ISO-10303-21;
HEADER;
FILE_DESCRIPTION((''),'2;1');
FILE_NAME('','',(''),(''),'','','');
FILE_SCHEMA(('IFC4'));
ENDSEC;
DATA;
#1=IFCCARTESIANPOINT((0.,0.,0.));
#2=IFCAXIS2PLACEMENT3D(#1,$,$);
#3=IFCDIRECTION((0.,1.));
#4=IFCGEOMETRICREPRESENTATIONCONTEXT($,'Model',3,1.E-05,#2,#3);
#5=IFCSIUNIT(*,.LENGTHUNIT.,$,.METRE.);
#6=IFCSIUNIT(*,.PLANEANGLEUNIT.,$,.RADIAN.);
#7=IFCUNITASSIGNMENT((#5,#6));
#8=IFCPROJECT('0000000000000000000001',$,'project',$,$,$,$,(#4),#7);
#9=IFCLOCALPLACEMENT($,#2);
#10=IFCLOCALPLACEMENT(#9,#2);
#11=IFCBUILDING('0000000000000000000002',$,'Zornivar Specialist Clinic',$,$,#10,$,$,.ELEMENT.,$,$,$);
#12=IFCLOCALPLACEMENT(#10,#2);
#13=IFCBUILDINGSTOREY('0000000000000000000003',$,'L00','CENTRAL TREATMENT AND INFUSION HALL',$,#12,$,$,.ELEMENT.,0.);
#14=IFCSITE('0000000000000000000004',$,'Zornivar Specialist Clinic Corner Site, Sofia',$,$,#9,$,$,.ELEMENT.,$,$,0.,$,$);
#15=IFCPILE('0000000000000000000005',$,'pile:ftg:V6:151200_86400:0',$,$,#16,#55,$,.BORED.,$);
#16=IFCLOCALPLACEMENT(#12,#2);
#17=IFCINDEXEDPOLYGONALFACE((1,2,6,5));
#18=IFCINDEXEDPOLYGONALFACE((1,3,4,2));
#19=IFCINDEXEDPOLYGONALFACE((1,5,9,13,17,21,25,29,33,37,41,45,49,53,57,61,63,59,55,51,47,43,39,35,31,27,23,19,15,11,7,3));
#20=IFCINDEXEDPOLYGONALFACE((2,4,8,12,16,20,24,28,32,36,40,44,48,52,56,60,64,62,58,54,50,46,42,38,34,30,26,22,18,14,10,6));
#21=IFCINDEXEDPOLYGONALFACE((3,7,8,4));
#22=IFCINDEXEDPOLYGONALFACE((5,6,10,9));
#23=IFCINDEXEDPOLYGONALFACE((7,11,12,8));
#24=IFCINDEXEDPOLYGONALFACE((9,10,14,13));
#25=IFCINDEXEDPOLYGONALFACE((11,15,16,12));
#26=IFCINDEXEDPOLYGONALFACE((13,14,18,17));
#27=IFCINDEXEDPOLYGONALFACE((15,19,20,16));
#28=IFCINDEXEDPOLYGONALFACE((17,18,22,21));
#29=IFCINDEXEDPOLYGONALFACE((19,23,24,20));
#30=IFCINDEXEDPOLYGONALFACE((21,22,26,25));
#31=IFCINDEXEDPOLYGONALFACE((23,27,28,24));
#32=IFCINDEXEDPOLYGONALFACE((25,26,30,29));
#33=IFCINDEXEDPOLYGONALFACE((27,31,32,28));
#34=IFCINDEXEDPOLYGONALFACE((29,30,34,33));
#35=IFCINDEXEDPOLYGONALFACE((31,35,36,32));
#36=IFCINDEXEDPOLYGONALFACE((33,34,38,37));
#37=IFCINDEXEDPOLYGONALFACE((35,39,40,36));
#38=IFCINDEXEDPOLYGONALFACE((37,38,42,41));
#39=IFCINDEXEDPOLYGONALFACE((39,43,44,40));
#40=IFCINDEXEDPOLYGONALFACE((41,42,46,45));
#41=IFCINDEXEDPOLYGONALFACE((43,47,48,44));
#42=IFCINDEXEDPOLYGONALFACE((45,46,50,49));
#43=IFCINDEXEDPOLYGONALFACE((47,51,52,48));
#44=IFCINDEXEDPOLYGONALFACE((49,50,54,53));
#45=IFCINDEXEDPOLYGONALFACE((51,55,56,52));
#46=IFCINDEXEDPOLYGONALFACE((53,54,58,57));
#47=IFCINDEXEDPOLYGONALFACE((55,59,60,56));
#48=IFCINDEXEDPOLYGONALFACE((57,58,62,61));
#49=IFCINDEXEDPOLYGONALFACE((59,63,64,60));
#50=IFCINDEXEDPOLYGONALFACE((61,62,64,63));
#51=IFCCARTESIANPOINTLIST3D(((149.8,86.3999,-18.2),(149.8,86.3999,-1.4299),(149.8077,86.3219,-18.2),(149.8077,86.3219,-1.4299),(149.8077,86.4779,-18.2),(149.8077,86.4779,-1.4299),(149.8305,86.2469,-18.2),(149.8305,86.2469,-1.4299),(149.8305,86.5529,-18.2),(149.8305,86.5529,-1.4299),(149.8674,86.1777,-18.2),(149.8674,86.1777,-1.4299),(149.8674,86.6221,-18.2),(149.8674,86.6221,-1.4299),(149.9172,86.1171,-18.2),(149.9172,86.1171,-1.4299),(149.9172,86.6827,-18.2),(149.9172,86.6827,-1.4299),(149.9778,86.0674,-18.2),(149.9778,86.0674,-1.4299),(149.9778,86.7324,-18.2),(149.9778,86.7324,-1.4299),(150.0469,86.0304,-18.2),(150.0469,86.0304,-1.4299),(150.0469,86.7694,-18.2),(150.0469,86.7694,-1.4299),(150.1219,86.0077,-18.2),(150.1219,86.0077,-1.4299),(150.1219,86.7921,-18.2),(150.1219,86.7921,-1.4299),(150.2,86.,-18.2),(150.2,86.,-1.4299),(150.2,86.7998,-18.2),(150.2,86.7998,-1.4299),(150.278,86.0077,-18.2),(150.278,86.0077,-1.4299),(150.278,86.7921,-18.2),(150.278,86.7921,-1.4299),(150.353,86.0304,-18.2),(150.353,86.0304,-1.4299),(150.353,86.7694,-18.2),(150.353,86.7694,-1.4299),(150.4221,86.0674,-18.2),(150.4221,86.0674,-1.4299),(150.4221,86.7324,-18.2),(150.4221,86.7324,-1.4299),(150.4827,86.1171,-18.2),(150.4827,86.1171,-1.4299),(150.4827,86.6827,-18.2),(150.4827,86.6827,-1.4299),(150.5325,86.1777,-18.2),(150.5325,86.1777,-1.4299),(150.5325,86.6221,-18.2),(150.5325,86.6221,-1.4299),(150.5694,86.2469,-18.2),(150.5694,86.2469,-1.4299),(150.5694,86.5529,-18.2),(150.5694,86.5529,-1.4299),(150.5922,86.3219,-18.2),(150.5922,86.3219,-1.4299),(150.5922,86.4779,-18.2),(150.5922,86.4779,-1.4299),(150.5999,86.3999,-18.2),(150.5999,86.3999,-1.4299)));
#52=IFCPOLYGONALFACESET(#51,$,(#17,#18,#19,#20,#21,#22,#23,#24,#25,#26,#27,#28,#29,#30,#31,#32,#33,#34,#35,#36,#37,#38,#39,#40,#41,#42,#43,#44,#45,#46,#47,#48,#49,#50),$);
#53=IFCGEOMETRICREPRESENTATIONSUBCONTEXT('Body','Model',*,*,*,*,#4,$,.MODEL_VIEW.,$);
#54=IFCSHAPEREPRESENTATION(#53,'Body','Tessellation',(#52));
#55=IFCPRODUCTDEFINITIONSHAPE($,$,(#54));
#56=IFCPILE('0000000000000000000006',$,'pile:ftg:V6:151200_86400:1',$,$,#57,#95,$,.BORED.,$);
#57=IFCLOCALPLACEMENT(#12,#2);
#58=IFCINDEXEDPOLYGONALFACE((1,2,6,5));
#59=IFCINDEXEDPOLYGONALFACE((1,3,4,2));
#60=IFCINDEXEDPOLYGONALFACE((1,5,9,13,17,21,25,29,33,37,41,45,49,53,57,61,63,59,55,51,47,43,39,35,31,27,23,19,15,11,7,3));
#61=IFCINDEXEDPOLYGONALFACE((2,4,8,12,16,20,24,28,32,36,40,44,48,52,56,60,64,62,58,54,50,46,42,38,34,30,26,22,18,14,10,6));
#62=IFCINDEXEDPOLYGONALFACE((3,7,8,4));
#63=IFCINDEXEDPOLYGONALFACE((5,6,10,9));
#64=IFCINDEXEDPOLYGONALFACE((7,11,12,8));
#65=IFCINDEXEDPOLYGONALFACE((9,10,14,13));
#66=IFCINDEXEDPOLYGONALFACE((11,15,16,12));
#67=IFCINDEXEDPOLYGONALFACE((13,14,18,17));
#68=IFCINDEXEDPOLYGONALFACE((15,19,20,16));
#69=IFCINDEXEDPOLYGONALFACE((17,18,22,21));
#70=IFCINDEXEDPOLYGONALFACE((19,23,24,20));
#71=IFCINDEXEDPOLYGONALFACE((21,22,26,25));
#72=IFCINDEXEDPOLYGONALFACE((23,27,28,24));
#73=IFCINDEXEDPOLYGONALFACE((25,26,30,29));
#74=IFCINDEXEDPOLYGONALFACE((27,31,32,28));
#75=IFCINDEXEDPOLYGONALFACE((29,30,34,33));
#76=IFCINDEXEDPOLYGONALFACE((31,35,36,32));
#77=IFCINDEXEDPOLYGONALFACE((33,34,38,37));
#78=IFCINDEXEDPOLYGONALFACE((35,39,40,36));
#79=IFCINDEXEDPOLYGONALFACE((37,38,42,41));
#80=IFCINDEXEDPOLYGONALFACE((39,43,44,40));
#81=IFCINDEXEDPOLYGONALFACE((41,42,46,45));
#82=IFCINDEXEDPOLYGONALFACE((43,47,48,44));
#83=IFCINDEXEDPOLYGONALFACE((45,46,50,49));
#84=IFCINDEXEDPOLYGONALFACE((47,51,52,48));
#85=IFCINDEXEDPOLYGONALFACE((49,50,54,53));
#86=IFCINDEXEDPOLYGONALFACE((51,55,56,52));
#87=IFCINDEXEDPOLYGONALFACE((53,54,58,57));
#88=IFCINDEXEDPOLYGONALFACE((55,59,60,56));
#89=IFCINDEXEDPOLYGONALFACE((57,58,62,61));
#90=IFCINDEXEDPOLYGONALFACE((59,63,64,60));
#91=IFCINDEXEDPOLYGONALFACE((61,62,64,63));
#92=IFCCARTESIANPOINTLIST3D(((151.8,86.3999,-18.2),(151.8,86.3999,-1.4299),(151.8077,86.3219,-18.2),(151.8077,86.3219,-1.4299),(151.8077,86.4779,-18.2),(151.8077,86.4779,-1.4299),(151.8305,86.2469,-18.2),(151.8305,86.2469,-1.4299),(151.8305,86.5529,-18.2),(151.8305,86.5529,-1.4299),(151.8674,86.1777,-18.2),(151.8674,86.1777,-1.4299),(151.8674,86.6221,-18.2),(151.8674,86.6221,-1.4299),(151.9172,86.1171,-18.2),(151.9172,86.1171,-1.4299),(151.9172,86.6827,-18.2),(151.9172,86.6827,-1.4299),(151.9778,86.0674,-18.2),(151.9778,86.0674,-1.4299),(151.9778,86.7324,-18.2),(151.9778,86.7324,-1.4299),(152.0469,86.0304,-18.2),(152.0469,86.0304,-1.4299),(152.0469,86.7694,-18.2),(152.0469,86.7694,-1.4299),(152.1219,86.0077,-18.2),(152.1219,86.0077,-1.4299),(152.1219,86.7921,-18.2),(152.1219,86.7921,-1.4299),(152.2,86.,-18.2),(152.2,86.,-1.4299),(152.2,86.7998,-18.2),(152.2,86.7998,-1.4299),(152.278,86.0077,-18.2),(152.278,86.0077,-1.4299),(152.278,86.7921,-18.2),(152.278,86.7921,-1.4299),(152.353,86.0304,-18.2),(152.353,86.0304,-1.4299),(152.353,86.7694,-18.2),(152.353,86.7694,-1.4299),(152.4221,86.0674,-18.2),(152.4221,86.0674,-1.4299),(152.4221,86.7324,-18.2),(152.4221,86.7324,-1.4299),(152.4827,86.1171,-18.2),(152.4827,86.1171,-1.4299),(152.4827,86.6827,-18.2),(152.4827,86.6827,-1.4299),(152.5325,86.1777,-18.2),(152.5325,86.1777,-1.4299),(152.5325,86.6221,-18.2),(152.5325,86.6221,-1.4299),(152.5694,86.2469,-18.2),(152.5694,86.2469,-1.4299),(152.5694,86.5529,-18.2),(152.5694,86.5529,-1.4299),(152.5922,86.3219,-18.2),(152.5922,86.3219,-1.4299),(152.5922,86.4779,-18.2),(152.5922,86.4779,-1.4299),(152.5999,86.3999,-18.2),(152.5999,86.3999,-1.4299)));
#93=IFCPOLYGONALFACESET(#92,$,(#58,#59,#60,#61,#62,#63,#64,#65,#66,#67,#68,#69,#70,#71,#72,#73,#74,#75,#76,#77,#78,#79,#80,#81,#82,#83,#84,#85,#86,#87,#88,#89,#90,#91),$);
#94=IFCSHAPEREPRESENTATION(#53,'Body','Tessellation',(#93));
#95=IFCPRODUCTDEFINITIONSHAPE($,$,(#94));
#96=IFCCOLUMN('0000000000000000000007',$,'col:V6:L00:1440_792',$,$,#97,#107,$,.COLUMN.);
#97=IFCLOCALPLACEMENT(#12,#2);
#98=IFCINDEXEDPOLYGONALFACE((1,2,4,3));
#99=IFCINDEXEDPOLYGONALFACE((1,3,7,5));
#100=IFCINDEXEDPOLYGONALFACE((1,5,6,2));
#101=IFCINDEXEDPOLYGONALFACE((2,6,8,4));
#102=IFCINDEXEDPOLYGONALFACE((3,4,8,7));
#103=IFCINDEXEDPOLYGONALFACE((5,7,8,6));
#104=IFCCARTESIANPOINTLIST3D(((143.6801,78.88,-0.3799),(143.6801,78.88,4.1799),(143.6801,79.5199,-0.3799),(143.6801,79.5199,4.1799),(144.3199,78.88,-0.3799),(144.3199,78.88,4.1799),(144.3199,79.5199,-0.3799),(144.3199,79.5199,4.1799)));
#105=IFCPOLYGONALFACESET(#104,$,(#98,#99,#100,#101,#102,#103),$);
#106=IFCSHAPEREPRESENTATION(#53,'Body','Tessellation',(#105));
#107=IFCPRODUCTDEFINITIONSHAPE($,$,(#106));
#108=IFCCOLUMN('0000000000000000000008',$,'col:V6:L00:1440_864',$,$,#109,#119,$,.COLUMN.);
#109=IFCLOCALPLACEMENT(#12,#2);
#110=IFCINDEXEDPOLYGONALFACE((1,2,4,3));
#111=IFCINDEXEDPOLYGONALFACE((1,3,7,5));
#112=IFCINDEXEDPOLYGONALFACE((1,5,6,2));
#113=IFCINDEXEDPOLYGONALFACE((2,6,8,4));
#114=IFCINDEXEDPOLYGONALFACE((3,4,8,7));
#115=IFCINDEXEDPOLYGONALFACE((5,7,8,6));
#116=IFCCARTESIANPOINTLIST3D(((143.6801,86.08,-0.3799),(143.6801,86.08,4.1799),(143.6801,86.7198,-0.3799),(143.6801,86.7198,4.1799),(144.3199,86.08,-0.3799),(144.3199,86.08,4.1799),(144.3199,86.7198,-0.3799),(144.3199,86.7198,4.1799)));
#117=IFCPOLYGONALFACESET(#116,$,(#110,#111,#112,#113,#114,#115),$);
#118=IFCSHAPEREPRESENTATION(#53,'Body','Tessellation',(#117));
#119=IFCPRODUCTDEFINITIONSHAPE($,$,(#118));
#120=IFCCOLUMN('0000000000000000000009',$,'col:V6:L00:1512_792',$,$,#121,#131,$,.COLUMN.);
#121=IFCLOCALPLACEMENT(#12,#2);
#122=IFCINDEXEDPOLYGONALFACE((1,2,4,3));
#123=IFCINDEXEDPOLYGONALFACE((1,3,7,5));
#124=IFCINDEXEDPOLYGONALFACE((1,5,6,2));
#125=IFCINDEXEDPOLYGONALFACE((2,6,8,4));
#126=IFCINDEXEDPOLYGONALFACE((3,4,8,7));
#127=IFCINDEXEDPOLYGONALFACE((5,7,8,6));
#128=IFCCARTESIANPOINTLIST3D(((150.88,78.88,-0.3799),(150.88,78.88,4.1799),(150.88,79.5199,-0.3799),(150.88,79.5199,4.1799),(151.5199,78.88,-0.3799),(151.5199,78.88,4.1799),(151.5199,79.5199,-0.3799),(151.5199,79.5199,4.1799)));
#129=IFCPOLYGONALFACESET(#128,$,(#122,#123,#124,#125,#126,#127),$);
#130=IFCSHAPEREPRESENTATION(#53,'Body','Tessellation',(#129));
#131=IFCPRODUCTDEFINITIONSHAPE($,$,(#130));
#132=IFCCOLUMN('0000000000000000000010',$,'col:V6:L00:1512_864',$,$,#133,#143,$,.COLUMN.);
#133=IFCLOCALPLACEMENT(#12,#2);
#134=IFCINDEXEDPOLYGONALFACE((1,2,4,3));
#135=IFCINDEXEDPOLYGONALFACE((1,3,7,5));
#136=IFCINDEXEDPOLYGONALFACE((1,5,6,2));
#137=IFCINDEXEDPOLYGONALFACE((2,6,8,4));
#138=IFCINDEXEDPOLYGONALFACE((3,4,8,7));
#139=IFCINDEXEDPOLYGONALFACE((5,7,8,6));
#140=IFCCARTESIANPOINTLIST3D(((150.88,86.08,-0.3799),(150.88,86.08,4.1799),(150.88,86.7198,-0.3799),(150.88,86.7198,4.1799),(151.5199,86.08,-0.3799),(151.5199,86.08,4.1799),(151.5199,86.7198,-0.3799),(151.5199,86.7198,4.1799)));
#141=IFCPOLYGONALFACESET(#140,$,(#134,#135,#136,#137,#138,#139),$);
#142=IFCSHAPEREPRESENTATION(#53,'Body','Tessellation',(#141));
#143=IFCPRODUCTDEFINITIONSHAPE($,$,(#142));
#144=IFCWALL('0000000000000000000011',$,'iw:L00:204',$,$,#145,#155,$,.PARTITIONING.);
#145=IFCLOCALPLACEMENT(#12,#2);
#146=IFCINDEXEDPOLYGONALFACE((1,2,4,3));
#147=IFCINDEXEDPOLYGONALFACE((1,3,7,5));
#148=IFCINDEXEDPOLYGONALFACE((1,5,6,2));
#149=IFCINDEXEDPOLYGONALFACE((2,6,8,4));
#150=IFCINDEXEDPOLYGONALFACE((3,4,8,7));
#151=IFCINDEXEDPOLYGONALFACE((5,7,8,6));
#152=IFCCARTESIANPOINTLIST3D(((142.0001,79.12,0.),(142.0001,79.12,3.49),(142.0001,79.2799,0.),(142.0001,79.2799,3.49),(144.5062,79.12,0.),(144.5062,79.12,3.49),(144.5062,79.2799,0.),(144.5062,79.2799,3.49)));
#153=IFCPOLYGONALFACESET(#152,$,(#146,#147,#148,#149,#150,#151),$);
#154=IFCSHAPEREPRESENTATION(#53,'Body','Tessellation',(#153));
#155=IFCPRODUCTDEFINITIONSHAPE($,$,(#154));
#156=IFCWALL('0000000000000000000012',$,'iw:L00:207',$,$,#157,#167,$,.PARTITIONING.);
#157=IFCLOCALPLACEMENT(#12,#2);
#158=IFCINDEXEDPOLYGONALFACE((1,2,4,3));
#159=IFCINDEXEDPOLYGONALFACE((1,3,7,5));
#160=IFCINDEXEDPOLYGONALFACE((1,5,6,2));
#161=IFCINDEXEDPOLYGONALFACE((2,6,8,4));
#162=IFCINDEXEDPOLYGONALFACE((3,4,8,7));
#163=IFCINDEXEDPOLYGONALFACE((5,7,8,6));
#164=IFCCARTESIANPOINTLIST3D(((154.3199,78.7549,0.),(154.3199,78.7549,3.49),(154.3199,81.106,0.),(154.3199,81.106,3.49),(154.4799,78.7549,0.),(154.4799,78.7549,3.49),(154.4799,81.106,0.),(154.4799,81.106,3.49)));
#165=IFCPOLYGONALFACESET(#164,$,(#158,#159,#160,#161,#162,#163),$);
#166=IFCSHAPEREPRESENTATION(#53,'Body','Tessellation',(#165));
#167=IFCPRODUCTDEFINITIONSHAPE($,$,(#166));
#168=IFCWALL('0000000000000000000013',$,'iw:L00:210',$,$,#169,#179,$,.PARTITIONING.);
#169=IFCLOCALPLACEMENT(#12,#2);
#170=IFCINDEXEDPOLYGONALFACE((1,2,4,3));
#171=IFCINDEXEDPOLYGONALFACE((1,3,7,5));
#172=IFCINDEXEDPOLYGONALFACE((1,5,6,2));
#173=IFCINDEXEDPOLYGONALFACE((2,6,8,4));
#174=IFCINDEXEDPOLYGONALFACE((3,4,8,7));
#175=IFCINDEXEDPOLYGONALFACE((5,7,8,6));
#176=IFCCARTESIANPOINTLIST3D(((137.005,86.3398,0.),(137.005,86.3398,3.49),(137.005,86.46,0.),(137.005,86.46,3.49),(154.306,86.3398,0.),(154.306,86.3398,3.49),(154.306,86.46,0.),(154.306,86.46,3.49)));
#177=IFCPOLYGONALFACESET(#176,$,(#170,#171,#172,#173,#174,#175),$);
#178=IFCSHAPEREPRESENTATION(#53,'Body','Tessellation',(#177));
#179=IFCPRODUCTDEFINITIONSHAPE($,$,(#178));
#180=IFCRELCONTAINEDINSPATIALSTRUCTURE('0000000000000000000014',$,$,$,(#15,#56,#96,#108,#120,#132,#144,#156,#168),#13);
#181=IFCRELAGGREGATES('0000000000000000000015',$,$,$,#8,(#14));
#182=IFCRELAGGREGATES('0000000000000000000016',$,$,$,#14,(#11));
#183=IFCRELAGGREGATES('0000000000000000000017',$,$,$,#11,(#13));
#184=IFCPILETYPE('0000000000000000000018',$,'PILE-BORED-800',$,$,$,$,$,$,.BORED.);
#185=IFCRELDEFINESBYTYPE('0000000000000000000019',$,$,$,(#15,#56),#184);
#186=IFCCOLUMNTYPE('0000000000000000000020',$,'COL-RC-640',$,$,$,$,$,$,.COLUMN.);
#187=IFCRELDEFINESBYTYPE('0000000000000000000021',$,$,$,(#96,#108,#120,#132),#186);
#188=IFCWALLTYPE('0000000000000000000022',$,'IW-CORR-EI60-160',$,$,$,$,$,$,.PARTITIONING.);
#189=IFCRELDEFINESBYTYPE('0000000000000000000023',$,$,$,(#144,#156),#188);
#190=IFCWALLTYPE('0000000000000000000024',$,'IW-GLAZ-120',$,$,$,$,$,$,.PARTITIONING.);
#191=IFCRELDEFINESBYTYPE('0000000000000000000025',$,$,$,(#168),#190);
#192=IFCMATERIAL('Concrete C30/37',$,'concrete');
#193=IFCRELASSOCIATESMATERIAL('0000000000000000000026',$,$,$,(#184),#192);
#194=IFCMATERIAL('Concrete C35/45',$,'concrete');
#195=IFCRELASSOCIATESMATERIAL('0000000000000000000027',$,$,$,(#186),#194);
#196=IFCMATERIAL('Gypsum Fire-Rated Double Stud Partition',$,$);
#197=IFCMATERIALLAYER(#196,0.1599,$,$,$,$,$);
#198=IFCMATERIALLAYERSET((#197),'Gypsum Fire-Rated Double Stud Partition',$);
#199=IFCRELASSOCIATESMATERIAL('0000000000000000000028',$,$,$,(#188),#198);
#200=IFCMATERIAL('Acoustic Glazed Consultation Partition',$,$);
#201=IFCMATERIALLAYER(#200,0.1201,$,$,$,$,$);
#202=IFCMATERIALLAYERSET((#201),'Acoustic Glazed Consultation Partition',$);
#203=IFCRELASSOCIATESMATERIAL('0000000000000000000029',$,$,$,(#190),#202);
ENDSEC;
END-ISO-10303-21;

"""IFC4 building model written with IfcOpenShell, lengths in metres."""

from ifc_helpers import new_model, si_unit, direction, frame, frame_2d, origin, origin_2d, place, context, subcontext, project, spatial, rectangle, circle, extrude, material, layer, layer_set, material_profile, profile_set, type_object, element, save


model = new_model("IFC4")

# Units and contexts
model_context = context("Model", 3, precision=1e-05, world=origin(), true_north=direction((0.0, 1.0)))
body_context = subcontext(model_context, "Body", "Model", "MODEL_VIEW")
ifc_project = project(units=[si_unit("LENGTHUNIT", "METRE"), si_unit("PLANEANGLEUNIT", "RADIAN")], contexts=[model_context])

# Site, building, storey
site_placement = place(None, origin())
site = spatial("IfcSite", under=ifc_project, at=site_placement, Name="Zornivar Specialist Clinic Corner Site, Sofia", CompositionType="ELEMENT", RefElevation=0.0)
building_placement = place(site_placement, origin())
building = spatial("IfcBuilding", under=site, at=building_placement, Name="Zornivar Specialist Clinic", CompositionType="ELEMENT")
storey_placement = place(building_placement, origin())
storey = spatial("IfcBuildingStorey", under=building, at=storey_placement, Name="L00", Description="CENTRAL TREATMENT AND INFUSION HALL", CompositionType="ELEMENT", Elevation=0.0)

# Piles
ifc_material_1 = material(Name="Concrete C30/37", Category="concrete")
ifc_material_profile_1 = material_profile(ifc_material_1, circle(Radius=0.3999, at=origin_2d()), Name="PILE D800")
ifc_profile_set_1 = profile_set([ifc_material_profile_1], Name="Concrete C30/37")
pile_type_1 = type_object("IfcPileType", Name="PILE-BORED-800", PredefinedType="BORED", material=ifc_profile_set_1)
for number, where, z_axis, x_axis, name in (
    (1, (150.2, 86.3999, -1.4299), (0.0, 0.0, -1.0), (1.0, 0.0, 0.0), "pile:ftg:V6:151200_86400:0"),
    (2, (152.2, 86.3999, -1.4299), (0.0, 0.0, -1.0), (1.0, 0.0, 0.0), "pile:ftg:V6:151200_86400:1"),
):
    element("IfcPile", number, at=place(storey_placement, frame(where, z_axis=z_axis, x_axis=x_axis)), inside=storey, type_object=pile_type_1, Name=name, PredefinedType="BORED", context=body_context, shape_type="SweptSolid", body=[
        extrude(circle(Radius=0.3999, at=origin_2d()), origin(), (0.0, 0.0, 1.0), 16.77),
    ])

# Columns
ifc_material_2 = material(Name="Concrete C35/45", Category="concrete")
ifc_material_profile_2 = material_profile(ifc_material_2, rectangle(XDim=0.6399, YDim=0.6399, at=origin_2d()), Name="RC 640x640")
ifc_profile_set_2 = profile_set([ifc_material_profile_2], Name="Concrete C35/45")
column_type = type_object("IfcColumnType", Name="COL-RC-640", PredefinedType="COLUMN", material=ifc_profile_set_2)
for number, where, z_axis, x_axis, name in (
    (3, (144.0, 79.2, -0.3799), (0.0, 0.0, 1.0), (1.0, 0.0, 0.0), "col:V6:L00:1440_792"),
    (4, (144.0, 86.3999, -0.3799), (0.0, 0.0, 1.0), (1.0, 0.0, 0.0), "col:V6:L00:1440_864"),
    (5, (151.2, 79.2, -0.3799), (0.0, 0.0, 1.0), (1.0, 0.0, 0.0), "col:V6:L00:1512_792"),
    (6, (151.2, 86.3999, -0.3799), (0.0, 0.0, 1.0), (1.0, 0.0, 0.0), "col:V6:L00:1512_864"),
):
    element("IfcColumn", number, at=place(storey_placement, frame(where, z_axis=z_axis, x_axis=x_axis)), inside=storey, type_object=column_type, Name=name, PredefinedType="COLUMN", context=body_context, shape_type="SweptSolid", body=[
        extrude(rectangle(XDim=0.6399, YDim=0.6399, at=origin_2d()), origin(), (0.0, 0.0, 1.0), 4.5598),
    ])

# Walls
ifc_material_3 = material(Name="Gypsum Fire-Rated Double Stud Partition")
ifc_layer_1 = layer(ifc_material_3, 0.1599)
ifc_layer_set_1 = layer_set([ifc_layer_1], Name="Gypsum Fire-Rated Double Stud Partition")
wall_type_1 = type_object("IfcWallType", Name="IW-CORR-EI60-160", PredefinedType="PARTITIONING", material=ifc_layer_set_1)
wall_1_placement = place(storey_placement, frame((144.5061, 79.2, 0.0), z_axis=(0.0, 0.0, 1.0), x_axis=(-1.0, 0.0, 0.0)))
element("IfcWall", 7, at=wall_1_placement, inside=storey, type_object=wall_type_1, Name="iw:L00:204", PredefinedType="PARTITIONING", context=body_context, shape_type="SweptSolid", body=[
    extrude(rectangle(XDim=2.5061, YDim=0.1599, at=frame_2d((1.2529, 0.0))), origin(), (0.0, 0.0, 1.0), 3.49),
])
wall_2_placement = place(storey_placement, frame((154.3999, 81.106, 0.0), z_axis=(0.0, 0.0, 1.0), x_axis=(0.0, -1.0, 0.0)))
element("IfcWall", 8, at=wall_2_placement, inside=storey, type_object=wall_type_1, Name="iw:L00:207", PredefinedType="PARTITIONING", context=body_context, shape_type="SweptSolid", body=[
    extrude(rectangle(XDim=2.3511, YDim=0.1599, at=frame_2d((1.1755, 0.0))), origin(), (0.0, 0.0, 1.0), 3.49),
])
ifc_material_4 = material(Name="Acoustic Glazed Consultation Partition")
ifc_layer_2 = layer(ifc_material_4, 0.1201)
ifc_layer_set_2 = layer_set([ifc_layer_2], Name="Acoustic Glazed Consultation Partition")
wall_type_2 = type_object("IfcWallType", Name="IW-GLAZ-120", PredefinedType="PARTITIONING", material=ifc_layer_set_2)
wall_3_placement = place(storey_placement, frame((154.3059, 86.3999, 0.0), z_axis=(0.0, 0.0, 1.0), x_axis=(-1.0, 0.0, 0.0)))
element("IfcWall", 9, at=wall_3_placement, inside=storey, type_object=wall_type_2, Name="iw:L00:210", PredefinedType="PARTITIONING", context=body_context, shape_type="SweptSolid", body=[
    extrude(rectangle(XDim=17.301, YDim=0.1201, at=frame_2d((8.6504, 0.0))), origin(), (0.0, 0.0, 1.0), 3.49),
])

save(model, "model.ifc")
